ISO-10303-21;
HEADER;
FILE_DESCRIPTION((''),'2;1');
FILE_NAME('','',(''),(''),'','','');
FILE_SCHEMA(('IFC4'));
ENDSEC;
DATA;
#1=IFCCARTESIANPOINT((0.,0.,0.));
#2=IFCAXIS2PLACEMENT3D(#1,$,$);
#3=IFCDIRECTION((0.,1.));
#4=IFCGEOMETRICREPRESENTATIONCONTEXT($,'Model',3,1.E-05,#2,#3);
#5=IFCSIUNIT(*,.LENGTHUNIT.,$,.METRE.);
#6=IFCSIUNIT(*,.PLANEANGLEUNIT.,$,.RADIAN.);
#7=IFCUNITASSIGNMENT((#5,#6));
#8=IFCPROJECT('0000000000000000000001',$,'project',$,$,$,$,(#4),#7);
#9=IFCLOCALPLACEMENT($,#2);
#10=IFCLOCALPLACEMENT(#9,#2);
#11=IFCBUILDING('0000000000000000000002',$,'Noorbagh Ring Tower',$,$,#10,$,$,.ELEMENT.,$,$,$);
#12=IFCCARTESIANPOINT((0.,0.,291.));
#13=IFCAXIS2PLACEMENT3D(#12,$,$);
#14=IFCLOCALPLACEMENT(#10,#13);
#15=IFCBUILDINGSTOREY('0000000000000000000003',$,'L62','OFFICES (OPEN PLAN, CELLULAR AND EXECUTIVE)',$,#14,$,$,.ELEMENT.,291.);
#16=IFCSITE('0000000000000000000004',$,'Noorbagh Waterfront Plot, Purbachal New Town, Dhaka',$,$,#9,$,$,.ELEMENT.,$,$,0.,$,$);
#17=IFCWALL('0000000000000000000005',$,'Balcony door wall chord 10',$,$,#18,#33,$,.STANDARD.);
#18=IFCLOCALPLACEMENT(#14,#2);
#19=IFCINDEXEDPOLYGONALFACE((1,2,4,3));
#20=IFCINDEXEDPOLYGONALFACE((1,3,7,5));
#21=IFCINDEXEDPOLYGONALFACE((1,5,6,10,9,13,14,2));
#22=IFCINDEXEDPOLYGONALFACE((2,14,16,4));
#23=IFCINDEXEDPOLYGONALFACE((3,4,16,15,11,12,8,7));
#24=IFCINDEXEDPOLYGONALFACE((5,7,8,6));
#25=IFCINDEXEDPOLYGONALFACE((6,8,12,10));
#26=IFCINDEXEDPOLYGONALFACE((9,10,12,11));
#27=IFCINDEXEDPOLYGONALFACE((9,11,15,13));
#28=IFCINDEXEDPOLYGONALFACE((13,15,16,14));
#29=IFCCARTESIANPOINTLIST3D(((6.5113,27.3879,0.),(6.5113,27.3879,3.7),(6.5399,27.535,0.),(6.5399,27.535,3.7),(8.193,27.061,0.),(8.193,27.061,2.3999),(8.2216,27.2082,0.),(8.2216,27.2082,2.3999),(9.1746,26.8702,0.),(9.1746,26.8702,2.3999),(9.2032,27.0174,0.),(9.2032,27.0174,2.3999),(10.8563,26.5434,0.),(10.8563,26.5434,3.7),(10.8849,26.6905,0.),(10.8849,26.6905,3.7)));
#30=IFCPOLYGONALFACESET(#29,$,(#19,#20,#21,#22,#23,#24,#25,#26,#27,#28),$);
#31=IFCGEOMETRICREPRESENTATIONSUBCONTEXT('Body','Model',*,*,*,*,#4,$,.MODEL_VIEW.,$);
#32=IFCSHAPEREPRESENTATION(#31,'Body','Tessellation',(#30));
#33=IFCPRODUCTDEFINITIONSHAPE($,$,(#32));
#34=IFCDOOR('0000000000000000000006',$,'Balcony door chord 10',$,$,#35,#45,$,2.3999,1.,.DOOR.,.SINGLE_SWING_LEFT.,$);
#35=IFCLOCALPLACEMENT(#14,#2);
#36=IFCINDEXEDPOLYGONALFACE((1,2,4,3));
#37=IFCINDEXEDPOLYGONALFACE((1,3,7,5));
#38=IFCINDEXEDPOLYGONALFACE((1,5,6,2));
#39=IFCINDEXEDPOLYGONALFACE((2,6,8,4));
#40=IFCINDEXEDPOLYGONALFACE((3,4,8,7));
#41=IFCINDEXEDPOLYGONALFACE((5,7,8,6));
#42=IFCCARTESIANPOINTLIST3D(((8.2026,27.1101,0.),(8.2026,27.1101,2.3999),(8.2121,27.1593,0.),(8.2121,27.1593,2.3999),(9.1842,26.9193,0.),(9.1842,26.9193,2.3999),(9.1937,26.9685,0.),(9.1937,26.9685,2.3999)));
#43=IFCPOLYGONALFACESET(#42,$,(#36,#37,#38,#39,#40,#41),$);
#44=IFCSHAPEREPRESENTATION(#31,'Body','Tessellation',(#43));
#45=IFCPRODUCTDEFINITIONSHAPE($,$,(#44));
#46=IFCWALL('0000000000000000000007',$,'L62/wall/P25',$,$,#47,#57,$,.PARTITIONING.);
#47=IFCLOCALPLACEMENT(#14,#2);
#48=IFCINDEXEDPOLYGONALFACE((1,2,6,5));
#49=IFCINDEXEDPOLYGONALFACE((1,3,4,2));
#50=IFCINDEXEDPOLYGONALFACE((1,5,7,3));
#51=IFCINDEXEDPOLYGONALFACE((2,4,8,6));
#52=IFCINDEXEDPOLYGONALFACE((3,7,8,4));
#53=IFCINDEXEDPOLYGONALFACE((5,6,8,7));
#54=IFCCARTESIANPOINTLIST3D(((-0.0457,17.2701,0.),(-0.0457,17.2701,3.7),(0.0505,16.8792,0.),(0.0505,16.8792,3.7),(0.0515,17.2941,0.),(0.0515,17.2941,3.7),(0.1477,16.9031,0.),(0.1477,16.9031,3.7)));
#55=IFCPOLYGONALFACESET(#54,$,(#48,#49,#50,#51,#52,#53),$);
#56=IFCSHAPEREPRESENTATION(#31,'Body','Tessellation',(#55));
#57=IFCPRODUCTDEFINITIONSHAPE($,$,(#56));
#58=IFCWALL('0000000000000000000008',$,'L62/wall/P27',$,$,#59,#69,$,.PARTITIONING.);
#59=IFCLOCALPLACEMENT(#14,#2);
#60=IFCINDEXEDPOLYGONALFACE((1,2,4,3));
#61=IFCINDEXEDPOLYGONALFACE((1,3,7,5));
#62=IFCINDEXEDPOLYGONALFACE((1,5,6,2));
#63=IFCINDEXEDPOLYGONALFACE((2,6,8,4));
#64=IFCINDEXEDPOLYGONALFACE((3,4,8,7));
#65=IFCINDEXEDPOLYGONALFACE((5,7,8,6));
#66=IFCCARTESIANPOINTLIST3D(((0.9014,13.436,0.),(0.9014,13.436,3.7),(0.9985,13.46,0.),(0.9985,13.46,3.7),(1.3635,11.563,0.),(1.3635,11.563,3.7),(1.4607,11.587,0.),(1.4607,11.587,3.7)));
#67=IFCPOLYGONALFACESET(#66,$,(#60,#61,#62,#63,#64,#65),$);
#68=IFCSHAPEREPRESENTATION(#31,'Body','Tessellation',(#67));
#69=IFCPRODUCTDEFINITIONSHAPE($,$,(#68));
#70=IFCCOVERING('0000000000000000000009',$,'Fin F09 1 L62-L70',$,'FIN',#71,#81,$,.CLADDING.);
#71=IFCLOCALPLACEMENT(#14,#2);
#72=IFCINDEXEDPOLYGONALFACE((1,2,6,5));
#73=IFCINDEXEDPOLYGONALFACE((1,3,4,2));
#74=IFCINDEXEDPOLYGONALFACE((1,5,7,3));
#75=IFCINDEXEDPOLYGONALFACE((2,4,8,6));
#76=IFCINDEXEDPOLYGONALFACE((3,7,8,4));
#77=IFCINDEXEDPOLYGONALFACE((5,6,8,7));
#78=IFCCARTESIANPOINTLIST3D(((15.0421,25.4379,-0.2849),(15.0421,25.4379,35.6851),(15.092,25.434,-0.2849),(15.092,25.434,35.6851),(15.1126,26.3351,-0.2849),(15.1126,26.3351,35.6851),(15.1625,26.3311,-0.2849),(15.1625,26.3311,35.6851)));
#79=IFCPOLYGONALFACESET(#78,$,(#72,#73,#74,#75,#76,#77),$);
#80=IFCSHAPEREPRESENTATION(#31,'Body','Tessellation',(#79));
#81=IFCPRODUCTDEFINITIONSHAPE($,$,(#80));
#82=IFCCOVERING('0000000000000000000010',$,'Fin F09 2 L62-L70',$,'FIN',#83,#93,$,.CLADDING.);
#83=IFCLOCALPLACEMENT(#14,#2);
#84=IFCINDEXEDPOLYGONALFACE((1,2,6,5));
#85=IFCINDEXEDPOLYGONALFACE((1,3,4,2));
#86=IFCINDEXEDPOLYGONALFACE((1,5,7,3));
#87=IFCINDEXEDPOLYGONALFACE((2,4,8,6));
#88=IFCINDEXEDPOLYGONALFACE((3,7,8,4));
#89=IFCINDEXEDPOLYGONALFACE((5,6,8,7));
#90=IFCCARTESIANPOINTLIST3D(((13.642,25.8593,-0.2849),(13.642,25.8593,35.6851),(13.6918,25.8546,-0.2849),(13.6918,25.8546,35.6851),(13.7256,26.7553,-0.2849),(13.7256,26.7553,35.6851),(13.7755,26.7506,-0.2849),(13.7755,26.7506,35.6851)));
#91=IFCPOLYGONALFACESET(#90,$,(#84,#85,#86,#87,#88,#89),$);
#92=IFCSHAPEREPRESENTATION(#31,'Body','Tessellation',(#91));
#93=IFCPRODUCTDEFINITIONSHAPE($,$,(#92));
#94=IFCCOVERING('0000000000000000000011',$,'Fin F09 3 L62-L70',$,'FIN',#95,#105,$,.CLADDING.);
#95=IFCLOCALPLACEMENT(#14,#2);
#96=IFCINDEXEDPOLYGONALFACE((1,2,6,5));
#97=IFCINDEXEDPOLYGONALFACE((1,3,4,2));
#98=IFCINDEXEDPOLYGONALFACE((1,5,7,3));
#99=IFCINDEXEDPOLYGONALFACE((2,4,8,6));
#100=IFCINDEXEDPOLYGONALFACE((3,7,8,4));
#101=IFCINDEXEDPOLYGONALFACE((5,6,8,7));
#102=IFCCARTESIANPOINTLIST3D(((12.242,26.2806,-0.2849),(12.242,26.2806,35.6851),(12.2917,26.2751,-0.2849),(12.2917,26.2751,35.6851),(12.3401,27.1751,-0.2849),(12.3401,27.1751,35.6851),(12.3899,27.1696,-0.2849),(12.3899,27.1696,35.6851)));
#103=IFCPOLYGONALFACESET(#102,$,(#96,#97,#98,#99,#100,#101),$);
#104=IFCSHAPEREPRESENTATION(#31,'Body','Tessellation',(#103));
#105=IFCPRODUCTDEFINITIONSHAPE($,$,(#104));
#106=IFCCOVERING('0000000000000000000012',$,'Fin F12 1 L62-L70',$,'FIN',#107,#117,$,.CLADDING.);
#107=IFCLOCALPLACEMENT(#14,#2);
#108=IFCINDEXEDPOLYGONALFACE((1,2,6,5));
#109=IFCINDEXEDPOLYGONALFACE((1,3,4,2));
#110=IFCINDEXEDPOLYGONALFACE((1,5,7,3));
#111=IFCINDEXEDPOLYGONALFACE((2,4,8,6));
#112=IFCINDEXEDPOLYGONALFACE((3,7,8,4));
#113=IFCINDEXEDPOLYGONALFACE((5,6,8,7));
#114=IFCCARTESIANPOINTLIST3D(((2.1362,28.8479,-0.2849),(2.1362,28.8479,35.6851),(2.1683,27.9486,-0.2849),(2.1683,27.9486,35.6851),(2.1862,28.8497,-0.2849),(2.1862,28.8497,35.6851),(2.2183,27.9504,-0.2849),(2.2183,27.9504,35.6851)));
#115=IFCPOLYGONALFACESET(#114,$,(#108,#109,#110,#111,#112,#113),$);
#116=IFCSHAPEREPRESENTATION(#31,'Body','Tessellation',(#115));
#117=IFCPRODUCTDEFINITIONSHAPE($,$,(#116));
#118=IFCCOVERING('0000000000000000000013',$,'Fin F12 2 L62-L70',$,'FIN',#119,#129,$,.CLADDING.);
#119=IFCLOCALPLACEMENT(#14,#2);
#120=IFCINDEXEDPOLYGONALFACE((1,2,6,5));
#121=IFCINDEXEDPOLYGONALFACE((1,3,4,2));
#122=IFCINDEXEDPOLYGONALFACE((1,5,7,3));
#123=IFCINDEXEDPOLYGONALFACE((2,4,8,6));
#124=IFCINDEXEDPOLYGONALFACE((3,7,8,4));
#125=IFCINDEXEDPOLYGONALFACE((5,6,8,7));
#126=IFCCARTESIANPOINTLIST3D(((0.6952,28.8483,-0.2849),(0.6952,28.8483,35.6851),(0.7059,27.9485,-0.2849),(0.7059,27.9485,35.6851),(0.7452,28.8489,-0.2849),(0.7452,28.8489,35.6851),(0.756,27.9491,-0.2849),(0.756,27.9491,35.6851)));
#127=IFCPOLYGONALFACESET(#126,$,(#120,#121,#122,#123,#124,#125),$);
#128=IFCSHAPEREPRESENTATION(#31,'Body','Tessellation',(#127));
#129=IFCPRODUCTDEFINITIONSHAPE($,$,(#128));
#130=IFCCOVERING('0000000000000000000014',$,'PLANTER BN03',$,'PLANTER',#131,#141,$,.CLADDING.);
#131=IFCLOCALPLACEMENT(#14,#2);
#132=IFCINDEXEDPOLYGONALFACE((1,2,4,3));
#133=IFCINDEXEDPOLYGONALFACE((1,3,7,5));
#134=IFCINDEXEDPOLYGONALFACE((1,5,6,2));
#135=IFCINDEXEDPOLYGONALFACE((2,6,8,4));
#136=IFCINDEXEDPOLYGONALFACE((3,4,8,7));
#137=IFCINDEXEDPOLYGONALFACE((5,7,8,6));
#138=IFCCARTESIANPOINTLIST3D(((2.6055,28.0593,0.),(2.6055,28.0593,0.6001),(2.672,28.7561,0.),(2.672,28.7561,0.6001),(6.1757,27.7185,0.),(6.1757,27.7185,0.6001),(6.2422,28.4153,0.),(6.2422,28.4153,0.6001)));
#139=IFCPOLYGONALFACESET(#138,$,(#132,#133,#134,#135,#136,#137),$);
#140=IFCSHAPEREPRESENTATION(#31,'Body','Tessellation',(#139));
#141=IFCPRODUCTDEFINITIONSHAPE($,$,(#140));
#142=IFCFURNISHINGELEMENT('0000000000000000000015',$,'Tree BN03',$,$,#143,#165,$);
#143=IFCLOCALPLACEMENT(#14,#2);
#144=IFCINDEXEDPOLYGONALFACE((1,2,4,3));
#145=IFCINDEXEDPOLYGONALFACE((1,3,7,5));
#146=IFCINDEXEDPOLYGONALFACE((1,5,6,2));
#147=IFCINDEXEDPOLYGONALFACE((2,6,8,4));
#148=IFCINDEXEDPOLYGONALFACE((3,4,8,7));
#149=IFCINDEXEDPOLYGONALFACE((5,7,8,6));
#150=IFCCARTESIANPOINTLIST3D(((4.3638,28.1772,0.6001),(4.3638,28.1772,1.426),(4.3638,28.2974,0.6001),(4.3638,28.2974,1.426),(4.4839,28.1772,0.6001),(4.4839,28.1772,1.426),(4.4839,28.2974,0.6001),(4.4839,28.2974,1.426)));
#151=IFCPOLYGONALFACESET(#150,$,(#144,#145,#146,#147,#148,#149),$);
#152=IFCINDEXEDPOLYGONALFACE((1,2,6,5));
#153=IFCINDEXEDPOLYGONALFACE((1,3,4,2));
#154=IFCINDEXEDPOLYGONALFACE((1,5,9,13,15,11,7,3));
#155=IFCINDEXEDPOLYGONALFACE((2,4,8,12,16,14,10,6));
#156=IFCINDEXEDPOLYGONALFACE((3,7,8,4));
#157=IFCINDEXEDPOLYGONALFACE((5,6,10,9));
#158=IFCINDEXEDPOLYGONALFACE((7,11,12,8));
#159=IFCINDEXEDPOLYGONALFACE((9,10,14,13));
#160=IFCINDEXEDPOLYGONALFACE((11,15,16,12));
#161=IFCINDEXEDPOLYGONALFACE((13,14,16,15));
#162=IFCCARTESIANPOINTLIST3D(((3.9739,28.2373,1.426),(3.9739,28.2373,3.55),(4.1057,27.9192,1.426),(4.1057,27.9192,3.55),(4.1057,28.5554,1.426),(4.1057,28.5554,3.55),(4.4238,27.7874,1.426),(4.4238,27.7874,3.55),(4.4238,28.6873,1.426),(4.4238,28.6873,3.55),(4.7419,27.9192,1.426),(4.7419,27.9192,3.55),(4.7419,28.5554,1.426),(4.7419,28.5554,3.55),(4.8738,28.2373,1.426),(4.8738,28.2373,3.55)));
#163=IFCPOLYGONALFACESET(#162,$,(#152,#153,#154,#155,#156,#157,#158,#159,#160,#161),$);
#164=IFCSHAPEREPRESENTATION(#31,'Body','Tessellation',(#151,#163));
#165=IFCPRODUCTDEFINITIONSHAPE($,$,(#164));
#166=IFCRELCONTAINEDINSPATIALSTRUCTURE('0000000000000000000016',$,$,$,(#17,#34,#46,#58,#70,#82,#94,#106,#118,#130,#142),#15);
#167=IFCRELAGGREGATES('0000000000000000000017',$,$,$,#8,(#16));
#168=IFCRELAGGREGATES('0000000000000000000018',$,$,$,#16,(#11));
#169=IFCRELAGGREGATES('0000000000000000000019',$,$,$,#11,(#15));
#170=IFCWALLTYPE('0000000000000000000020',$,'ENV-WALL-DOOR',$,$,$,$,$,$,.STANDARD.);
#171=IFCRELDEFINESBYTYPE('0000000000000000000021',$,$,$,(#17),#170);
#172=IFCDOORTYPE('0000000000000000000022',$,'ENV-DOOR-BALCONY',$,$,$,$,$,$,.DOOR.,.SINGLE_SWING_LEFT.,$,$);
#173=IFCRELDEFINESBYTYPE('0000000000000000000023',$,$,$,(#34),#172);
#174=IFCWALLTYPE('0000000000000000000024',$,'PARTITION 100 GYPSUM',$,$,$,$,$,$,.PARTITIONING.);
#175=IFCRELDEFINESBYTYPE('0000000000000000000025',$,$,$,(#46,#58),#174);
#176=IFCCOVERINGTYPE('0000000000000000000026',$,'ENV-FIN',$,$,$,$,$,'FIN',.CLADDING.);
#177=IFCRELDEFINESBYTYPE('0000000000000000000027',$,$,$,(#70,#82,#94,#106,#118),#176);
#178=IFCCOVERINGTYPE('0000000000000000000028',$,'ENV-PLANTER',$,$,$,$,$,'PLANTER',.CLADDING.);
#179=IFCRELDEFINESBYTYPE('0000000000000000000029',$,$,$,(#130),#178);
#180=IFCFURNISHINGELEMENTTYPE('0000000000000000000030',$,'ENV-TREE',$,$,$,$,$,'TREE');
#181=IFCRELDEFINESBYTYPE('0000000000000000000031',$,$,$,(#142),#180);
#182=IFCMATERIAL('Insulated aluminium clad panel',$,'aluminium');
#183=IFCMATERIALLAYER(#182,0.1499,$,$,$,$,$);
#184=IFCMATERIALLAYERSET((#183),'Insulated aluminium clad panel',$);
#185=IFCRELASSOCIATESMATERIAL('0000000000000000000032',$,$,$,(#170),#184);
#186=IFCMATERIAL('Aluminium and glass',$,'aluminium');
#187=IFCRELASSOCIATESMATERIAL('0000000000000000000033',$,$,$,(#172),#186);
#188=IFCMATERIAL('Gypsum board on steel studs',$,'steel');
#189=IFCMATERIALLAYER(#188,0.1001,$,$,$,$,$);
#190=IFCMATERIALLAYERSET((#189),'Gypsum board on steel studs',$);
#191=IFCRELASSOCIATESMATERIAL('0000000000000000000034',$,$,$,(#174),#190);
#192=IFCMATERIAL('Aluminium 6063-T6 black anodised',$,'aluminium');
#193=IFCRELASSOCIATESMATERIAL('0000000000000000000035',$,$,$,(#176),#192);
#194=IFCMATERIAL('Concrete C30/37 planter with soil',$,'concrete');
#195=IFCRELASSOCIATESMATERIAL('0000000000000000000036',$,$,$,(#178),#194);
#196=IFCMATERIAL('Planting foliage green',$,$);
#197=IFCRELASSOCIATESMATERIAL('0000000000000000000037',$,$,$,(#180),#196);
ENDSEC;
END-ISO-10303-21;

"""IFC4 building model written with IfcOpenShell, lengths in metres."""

from ifc_helpers import new_model, si_unit, direction, frame, frame_2d, origin, origin_2d, place, context, subcontext, project, spatial, polyline, rectangle, outline, extrude, material, layer, layer_set, material_profile, profile_set, type_object, element, fill, save


model = new_model("IFC4")

# Units and contexts
model_context = context("Model", 3, precision=1e-05, world=origin(), true_north=direction((0.0, 1.0)))
body_context = subcontext(model_context, "Body", "Model", "MODEL_VIEW")
ifc_project = project(units=[si_unit("LENGTHUNIT", "METRE"), si_unit("PLANEANGLEUNIT", "RADIAN")], contexts=[model_context])

# Site, building, storey
site_placement = place(None, origin())
site = spatial("IfcSite", under=ifc_project, at=site_placement, Name="Noorbagh Waterfront Plot, Purbachal New Town, Dhaka", CompositionType="ELEMENT", RefElevation=0.0)
building_placement = place(site_placement, origin())
building = spatial("IfcBuilding", under=site, at=building_placement, Name="Noorbagh Ring Tower", CompositionType="ELEMENT")
storey_placement = place(building_placement, frame((0.0, 0.0, 291.0)))
storey = spatial("IfcBuildingStorey", under=building, at=storey_placement, Name="L62", Description="OFFICES (OPEN PLAN, CELLULAR AND EXECUTIVE)", CompositionType="ELEMENT", Elevation=291.0)

# Wall, opening, door
ifc_material_1 = material(Name="Insulated aluminium clad panel", Category="aluminium")
ifc_layer_1 = layer(ifc_material_1, 0.1499)
ifc_layer_set_1 = layer_set([ifc_layer_1], Name="Insulated aluminium clad panel")
wall_type_1 = type_object("IfcWallType", Name="ENV-WALL-DOOR", PredefinedType="STANDARD", material=ifc_layer_set_1)
wall_1_placement = place(storey_placement, frame((10.8706, 26.6169, 0.0), z_axis=(0.0, 0.0, 1.0), x_axis=(-0.981631, 0.190788, 0.0)))
wall_1 = element("IfcWall", 1, at=wall_1_placement, inside=storey, type_object=wall_type_1, Name="Balcony door wall chord 10", PredefinedType="STANDARD", context=body_context, shape_type="SweptSolid", body=[
    extrude(rectangle(XDim=4.4263, YDim=0.1499, at=frame_2d((2.2131, 0.0))), origin(), (0.0, 0.0, 1.0), 3.7),
])
opening_placement = place(wall_1_placement, frame((1.7131, 0.0, 0.0)))
opening = element("IfcOpeningElement", 2, at=opening_placement, cuts=wall_1, PredefinedType="OPENING", context=body_context, shape_type="SweptSolid", body=[
    extrude(rectangle(XDim=1.0, YDim=2.3999, at=frame_2d((0.5, 1.2))), frame((0.0, 0.085, 0.0), z_axis=(0.0, -1.0, 0.0), x_axis=(1.0, 0.0, 0.0)), (0.0, 0.0, 1.0), 0.1699),
])
ifc_material_2 = material(Name="Aluminium and glass", Category="aluminium")
door_type = type_object("IfcDoorType", Name="ENV-DOOR-BALCONY", OperationType="SINGLE_SWING_LEFT", PredefinedType="DOOR", material=ifc_material_2)
door_placement = place(opening_placement, origin())
door = element("IfcDoor", 3, at=door_placement, inside=storey, type_object=door_type, Name="Balcony door chord 10", OperationType="SINGLE_SWING_LEFT", OverallHeight=2.3999, OverallWidth=1.0, PredefinedType="DOOR", context=body_context, shape_type="SweptSolid", body=[
    extrude(rectangle(XDim=1.0, YDim=2.3999, at=frame_2d((0.5, 1.2))), frame((0.0, 0.0249, 0.0), z_axis=(0.0, -1.0, 0.0), x_axis=(1.0, 0.0, 0.0)), (0.0, 0.0, 1.0), 0.05),
])
fill(opening, door)

# Walls
ifc_material_3 = material(Name="Gypsum board on steel studs", Category="steel")
ifc_layer_2 = layer(ifc_material_3, 0.1001)
ifc_layer_set_2 = layer_set([ifc_layer_2], Name="Gypsum board on steel studs")
wall_type_2 = type_object("IfcWallType", Name="PARTITION 100 GYPSUM", PredefinedType="PARTITIONING", material=ifc_layer_set_2)
wall_2_placement = place(storey_placement, frame((0.0029, 17.282, 0.0), z_axis=(0.0, 0.0, 1.0), x_axis=(0.238966, -0.971028, 0.0)))
element("IfcWall", 4, at=wall_2_placement, inside=storey, type_object=wall_type_2, Name="L62/wall/P25", PredefinedType="PARTITIONING", context=body_context, shape_type="SweptSolid", body=[
    extrude(rectangle(XDim=0.4026, YDim=0.1001, at=frame_2d((0.2012, 0.0))), origin(), (0.0, 0.0, 1.0), 3.7),
])
wall_3_placement = place(storey_placement, frame((0.95, 13.448, 0.0), z_axis=(0.0, 0.0, 1.0), x_axis=(0.239557, -0.970882, 0.0)))
element("IfcWall", 5, at=wall_3_placement, inside=storey, type_object=wall_type_2, Name="L62/wall/P27", PredefinedType="PARTITIONING", context=body_context, shape_type="SweptSolid", body=[
    extrude(rectangle(XDim=1.9292, YDim=0.1001, at=frame_2d((0.9646, 0.0))), origin(), (0.0, 0.0, 1.0), 3.7),
])

# Coverings
ifc_material_4 = material(Name="Aluminium 6063-T6 black anodised", Category="aluminium")
ifc_material_profile_1 = material_profile(ifc_material_4, rectangle(XDim=0.8999, YDim=0.05, at=origin_2d()), Name="900x50")
ifc_profile_set_1 = profile_set([ifc_material_profile_1], Name="Aluminium 6063-T6 black anodised")
covering_type_1 = type_object("IfcCoveringType", Name="ENV-FIN", ElementType="FIN", PredefinedType="CLADDING", material=ifc_profile_set_1)
for number, where, z_axis, x_axis, name in (
    (6, (15.1023, 25.8845, -0.2849), (0.0, 0.0, 1.0), (0.078357, 0.996925, 0.0), "Fin F09 1 L62-L70"),
    (7, (13.7087, 26.3049, -0.2849), (0.0, 0.0, 1.0), (0.092918, 0.995674, 0.0), "Fin F09 2 L62-L70"),
    (8, (12.3159, 26.7251, -0.2849), (0.0, 0.0, 1.0), (0.109101, 0.994031, 0.0), "Fin F09 3 L62-L70"),
    (9, (2.1772, 28.3992, -0.2849), (0.0, 0.0, 1.0), (-0.035641, 0.999365, 0.0), "Fin F12 1 L62-L70"),
    (10, (0.7256, 28.3987, -0.2849), (0.0, 0.0, 1.0), (-0.011915, 0.999929, 0.0), "Fin F12 2 L62-L70"),
):
    element("IfcCovering", number, at=place(storey_placement, frame(where, z_axis=z_axis, x_axis=x_axis)), inside=storey, type_object=covering_type_1, Name=name, ObjectType="FIN", PredefinedType="CLADDING", context=body_context, shape_type="SweptSolid", body=[
        extrude(rectangle(XDim=0.8999, YDim=0.05, at=origin_2d()), origin(), (0.0, 0.0, 1.0), 35.97),
    ])

# Covering
ifc_material_5 = material(Name="Concrete C30/37 planter with soil", Category="concrete")
covering_type_2 = type_object("IfcCoveringType", Name="ENV-PLANTER", ElementType="PLANTER", PredefinedType="CLADDING", material=ifc_material_5)
covering_placement = place(storey_placement, frame((4.4238, 28.2373, 0.0), z_axis=(0.0, 0.0, 1.0), x_axis=(-0.995476, 0.095008, 0.0)))
element("IfcCovering", 11, at=covering_placement, inside=storey, type_object=covering_type_2, Name="PLANTER BN03", ObjectType="PLANTER", PredefinedType="CLADDING", context=body_context, shape_type="SweptSolid", body=[
    extrude(rectangle(XDim=3.5864, YDim=0.7, at=origin_2d()), origin(), (0.0, 0.0, 1.0), 0.6001),
])

# Furnishing element
ifc_material_6 = material(Name="Planting foliage green")
furnishing_element_type = type_object("IfcFurnishingElementType", Name="ENV-TREE", ElementType="TREE", material=ifc_material_6)
furnishing_placement = place(storey_placement, frame((4.4238, 28.2373, 0.6001), z_axis=(0.0, 0.0, 1.0), x_axis=(1.0, 0.0, 0.0)))
element("IfcFurnishingElement", 12, at=furnishing_placement, inside=storey, type_object=furnishing_element_type, Name="Tree BN03", context=body_context, shape_type="SweptSolid", body=[
    extrude(rectangle(XDim=0.1201, YDim=0.1201, at=origin_2d()), origin(), (0.0, 0.0, 1.0), 0.8259),
    extrude(outline(polyline([(0.45, 0.0), (0.3181, 0.3181), (0.0, 0.45), (-0.3181, 0.3181), (-0.45, 0.0), (-0.3181, -0.3181), (0.0, -0.45), (0.3181, -0.3181), (0.45, 0.0)])), frame((0.0, 0.0, 0.8259)), (0.0, 0.0, 1.0), 2.124),
])

save(model, "model.ifc")
